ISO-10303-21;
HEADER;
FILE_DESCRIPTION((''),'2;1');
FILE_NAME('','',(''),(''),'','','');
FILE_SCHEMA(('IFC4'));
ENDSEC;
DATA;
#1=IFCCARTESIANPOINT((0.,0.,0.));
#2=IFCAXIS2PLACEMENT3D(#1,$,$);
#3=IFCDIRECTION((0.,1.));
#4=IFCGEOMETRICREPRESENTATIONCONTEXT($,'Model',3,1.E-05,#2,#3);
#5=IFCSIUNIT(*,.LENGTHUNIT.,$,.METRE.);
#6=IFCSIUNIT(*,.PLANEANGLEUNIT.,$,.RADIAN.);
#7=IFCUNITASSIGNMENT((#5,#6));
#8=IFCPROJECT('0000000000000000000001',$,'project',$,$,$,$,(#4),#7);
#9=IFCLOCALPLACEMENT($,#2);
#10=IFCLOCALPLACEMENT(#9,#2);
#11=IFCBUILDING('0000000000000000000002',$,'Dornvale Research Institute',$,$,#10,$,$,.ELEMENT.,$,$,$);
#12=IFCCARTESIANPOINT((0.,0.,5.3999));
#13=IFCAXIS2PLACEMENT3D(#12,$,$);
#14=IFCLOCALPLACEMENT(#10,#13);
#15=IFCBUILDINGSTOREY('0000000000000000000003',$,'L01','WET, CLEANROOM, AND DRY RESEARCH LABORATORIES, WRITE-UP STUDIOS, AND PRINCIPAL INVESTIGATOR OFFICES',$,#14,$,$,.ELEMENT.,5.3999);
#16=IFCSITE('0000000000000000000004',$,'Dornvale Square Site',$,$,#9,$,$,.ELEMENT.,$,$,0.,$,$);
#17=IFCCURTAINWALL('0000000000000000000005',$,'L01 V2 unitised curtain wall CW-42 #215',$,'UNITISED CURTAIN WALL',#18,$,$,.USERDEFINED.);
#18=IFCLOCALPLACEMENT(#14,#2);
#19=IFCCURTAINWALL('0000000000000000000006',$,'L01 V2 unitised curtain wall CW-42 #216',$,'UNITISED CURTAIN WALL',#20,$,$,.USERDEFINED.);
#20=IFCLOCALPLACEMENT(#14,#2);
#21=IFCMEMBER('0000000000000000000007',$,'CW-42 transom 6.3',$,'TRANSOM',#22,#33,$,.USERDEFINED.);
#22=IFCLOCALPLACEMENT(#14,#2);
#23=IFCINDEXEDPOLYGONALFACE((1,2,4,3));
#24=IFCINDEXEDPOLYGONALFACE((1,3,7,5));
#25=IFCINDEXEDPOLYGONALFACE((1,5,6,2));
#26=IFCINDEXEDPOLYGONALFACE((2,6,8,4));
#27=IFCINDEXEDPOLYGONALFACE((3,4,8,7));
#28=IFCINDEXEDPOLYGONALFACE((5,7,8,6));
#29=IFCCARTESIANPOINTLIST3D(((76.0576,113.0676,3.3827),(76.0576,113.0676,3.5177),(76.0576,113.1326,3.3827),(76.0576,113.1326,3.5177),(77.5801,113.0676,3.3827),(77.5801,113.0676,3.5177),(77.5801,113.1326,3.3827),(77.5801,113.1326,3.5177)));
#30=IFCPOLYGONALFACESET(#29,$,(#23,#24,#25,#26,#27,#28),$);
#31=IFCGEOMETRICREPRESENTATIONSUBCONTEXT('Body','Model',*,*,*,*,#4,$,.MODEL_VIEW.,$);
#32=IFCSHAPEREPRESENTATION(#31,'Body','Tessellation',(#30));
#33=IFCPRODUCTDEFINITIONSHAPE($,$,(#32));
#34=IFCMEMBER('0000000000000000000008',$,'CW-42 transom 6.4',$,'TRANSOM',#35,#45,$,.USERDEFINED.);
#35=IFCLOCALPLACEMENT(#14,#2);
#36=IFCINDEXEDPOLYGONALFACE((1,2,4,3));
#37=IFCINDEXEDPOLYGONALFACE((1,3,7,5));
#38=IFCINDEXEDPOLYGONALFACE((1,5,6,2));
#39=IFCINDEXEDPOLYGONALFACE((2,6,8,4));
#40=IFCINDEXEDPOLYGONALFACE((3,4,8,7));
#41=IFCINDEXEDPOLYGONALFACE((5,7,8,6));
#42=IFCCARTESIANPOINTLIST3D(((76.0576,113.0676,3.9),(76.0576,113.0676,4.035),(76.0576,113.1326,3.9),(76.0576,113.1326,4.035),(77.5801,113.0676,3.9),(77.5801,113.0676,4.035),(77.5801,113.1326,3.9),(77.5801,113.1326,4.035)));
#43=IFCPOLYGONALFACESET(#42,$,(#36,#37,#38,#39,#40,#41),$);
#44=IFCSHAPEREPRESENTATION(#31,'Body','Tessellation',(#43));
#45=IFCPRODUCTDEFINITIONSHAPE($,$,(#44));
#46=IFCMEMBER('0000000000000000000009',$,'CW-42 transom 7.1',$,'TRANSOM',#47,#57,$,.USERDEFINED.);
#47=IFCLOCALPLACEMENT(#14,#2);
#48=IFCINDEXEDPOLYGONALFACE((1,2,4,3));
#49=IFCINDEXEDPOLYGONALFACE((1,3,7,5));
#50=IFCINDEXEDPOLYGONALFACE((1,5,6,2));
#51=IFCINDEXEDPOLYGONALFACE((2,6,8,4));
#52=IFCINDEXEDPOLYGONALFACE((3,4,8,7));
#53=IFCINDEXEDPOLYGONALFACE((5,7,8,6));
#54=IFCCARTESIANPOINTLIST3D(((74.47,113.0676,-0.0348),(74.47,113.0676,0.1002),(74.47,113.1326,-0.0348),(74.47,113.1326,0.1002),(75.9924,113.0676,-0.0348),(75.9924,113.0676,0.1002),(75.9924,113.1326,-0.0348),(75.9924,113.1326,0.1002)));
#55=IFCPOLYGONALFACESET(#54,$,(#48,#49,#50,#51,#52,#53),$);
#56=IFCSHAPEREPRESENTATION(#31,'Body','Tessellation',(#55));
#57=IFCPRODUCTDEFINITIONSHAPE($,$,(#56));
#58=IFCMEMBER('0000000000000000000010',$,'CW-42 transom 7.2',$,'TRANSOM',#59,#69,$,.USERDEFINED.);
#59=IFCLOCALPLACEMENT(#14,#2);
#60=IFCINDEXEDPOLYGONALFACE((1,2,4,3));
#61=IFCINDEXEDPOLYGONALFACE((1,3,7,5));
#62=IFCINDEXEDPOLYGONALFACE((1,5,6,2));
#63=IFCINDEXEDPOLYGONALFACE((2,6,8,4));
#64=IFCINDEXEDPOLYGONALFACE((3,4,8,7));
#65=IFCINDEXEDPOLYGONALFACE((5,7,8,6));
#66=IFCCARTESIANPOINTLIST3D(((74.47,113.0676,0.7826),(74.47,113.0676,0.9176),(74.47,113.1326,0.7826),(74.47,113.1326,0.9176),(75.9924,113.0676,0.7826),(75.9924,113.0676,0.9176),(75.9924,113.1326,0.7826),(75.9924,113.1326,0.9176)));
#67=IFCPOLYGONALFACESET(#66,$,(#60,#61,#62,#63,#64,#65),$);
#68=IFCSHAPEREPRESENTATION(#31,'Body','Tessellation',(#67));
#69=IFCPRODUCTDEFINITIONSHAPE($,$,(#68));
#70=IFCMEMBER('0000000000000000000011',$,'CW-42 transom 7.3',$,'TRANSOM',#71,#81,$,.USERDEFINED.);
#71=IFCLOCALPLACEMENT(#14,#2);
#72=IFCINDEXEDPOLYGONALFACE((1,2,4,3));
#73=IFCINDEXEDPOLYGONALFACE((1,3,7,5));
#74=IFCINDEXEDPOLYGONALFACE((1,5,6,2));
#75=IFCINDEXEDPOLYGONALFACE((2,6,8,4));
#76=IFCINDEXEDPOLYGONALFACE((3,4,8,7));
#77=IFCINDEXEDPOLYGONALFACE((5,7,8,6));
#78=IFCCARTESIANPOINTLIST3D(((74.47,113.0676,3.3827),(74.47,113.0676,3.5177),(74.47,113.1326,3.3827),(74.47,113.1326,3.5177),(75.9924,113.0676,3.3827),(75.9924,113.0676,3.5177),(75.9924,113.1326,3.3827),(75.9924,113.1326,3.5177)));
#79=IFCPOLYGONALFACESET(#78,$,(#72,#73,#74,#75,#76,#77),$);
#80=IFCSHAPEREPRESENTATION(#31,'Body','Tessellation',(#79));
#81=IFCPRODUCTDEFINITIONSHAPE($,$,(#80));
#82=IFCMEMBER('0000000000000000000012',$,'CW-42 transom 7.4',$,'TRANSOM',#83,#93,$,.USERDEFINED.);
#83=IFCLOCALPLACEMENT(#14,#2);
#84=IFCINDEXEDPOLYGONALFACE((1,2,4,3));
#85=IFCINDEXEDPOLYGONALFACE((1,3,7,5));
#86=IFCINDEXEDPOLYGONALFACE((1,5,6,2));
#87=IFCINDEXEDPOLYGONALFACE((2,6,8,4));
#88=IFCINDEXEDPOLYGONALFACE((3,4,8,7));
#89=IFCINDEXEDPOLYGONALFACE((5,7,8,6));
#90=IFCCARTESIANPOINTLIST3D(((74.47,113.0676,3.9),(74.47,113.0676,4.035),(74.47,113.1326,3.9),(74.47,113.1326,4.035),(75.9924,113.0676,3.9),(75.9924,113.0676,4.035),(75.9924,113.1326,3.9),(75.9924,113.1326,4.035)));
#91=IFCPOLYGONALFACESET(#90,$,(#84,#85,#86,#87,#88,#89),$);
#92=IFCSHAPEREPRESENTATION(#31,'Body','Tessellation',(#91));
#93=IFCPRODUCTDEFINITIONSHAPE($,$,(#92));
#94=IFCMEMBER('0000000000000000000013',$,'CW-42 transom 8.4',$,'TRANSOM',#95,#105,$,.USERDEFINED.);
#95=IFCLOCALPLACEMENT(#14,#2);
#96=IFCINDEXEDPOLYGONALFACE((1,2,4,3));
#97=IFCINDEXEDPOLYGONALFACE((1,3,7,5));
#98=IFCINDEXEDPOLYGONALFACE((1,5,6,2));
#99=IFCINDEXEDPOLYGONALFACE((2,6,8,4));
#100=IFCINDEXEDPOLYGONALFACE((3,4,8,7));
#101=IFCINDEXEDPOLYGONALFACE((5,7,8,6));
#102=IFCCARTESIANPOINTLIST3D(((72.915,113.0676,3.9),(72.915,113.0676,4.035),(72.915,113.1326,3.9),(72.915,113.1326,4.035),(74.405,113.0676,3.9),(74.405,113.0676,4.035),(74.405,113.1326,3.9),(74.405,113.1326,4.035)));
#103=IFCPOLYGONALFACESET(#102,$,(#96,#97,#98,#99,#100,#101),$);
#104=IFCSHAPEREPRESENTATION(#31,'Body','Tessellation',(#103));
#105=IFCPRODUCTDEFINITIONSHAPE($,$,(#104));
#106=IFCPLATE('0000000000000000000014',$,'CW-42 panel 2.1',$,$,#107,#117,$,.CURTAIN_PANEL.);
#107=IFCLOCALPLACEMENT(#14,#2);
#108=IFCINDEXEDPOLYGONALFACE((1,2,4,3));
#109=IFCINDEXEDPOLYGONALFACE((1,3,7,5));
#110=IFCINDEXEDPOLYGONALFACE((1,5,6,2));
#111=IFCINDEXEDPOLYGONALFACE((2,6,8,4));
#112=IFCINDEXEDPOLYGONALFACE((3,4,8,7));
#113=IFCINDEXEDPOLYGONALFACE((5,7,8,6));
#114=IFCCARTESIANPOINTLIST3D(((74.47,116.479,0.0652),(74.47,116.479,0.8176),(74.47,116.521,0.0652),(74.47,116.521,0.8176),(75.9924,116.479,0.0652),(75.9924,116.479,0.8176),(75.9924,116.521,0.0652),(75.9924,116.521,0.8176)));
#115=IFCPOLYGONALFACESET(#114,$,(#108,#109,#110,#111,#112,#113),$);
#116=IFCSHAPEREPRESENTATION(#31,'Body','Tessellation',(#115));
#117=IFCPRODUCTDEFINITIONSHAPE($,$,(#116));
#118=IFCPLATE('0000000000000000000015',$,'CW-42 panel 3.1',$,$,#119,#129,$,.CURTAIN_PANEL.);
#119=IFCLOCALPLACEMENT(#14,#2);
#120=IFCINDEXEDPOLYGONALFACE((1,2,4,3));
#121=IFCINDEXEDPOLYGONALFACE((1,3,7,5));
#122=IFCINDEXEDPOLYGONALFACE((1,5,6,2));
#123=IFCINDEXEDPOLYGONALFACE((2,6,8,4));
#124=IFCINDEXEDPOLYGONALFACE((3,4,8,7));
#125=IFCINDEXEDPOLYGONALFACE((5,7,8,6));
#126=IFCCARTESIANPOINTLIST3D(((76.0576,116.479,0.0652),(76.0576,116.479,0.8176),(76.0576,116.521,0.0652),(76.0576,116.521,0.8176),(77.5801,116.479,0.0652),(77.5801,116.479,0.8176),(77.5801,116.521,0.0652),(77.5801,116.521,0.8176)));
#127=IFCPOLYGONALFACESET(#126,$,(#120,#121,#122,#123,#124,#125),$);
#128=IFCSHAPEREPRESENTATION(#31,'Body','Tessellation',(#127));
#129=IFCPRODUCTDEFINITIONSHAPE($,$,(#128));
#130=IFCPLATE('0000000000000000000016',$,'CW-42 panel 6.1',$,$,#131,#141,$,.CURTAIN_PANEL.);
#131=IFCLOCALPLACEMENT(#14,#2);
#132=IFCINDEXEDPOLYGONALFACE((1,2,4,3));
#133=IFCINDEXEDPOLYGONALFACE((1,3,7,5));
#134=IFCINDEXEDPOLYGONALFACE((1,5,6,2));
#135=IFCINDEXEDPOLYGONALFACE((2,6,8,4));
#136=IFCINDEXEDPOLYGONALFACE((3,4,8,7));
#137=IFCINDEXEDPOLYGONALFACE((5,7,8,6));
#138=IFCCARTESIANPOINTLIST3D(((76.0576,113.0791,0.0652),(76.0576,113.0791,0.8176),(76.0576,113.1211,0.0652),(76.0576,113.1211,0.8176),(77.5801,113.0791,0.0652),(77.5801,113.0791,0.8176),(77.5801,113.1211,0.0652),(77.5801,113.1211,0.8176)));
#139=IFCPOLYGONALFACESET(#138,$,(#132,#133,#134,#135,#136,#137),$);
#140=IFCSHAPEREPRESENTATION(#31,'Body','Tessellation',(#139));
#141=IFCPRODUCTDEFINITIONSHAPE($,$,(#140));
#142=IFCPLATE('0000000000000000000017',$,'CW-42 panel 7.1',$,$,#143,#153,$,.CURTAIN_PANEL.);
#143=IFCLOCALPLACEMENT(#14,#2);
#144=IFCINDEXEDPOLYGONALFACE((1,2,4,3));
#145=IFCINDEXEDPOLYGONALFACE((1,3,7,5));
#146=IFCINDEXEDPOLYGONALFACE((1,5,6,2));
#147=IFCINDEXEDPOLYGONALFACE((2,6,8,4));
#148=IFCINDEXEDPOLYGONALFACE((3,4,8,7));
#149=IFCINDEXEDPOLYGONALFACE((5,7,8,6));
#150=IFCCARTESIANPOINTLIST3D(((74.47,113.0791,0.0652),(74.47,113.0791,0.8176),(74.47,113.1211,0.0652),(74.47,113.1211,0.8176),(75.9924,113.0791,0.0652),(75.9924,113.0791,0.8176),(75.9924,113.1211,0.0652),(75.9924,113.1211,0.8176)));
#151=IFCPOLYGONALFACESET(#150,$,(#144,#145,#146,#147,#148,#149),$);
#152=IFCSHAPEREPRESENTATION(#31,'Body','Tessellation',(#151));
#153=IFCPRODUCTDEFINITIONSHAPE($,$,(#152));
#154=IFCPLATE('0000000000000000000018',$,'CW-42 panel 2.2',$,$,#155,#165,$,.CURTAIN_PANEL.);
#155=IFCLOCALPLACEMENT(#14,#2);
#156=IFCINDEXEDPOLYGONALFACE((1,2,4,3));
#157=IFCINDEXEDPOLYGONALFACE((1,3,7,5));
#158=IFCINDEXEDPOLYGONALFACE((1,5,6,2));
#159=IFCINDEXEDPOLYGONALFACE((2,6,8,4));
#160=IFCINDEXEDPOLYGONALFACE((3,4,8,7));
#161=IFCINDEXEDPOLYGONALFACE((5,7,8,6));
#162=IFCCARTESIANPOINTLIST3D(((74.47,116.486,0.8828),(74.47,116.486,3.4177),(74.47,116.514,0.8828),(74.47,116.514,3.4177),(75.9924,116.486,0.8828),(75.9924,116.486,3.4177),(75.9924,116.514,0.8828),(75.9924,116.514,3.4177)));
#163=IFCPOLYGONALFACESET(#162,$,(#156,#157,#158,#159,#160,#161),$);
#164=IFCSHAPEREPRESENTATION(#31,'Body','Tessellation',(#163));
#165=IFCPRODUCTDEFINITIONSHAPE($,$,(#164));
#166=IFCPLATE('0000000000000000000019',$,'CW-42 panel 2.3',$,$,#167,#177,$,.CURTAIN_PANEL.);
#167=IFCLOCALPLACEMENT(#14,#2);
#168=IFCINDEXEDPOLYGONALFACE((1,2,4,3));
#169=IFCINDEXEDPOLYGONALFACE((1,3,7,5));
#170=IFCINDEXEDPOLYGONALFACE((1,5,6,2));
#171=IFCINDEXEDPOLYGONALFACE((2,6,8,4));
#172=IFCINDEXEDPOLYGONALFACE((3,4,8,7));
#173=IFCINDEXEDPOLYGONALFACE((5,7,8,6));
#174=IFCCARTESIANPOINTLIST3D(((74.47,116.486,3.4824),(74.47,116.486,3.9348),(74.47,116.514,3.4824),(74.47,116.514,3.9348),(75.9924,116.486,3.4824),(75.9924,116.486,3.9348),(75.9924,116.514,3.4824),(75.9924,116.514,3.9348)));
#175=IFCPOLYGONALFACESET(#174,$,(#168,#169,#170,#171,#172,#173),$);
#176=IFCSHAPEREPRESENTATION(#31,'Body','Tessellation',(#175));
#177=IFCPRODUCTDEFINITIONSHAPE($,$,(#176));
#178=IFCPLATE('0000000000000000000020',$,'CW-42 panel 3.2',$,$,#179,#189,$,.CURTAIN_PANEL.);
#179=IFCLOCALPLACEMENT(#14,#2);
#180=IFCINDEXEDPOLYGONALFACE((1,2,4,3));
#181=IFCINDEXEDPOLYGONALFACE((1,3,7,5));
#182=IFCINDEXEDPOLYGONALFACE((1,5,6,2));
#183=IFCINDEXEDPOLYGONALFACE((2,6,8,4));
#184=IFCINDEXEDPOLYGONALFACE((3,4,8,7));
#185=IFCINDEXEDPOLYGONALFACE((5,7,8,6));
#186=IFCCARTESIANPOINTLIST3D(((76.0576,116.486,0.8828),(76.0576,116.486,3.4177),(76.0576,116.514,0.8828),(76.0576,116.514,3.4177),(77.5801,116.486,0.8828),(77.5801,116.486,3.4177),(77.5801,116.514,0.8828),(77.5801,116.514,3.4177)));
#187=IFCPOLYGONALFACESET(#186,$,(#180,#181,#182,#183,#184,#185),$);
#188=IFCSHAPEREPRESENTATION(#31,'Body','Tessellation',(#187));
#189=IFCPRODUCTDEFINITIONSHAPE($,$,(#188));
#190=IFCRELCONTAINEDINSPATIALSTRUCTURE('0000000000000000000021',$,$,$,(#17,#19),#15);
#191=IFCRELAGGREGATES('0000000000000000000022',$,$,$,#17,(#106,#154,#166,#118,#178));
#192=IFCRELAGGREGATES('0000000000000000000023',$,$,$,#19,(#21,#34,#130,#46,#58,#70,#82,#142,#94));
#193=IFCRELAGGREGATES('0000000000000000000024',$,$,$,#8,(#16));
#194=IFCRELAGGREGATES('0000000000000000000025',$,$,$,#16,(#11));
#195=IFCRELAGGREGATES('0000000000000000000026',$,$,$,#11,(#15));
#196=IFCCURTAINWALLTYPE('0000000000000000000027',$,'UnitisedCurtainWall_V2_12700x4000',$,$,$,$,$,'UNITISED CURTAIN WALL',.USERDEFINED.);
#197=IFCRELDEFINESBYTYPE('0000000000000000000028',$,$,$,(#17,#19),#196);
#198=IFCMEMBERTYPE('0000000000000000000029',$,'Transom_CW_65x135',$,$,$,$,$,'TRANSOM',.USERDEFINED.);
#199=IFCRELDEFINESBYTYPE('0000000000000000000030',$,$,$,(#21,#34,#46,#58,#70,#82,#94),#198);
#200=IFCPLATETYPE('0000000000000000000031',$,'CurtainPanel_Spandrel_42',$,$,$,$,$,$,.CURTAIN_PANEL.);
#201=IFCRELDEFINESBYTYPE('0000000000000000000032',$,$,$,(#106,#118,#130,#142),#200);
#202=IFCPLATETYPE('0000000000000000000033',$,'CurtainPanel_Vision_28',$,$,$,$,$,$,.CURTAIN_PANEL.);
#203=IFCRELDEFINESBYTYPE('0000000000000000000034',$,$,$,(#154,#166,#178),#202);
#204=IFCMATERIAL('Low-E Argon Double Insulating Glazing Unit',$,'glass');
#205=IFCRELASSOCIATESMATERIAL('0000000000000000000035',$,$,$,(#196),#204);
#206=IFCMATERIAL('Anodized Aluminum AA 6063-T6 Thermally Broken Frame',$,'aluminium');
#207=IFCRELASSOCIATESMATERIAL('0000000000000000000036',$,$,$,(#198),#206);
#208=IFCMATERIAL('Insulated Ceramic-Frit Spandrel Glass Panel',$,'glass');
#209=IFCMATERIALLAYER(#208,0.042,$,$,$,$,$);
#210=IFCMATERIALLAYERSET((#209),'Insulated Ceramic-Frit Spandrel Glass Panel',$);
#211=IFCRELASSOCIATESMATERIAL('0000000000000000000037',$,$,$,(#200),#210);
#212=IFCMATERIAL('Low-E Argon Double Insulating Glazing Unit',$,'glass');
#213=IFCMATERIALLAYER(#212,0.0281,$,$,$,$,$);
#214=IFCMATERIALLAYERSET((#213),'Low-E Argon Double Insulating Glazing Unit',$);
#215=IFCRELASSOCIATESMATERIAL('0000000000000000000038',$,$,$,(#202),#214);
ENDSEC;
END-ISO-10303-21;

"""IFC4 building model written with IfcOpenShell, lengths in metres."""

from ifc_helpers import new_model, si_unit, direction, frame, origin, origin_2d, place, context, subcontext, project, spatial, rectangle, extrude, material, layer, layer_set, material_profile, profile_set, type_object, element, aggregate, save


model = new_model("IFC4")

# Units and contexts
model_context = context("Model", 3, precision=1e-05, world=origin(), true_north=direction((0.0, 1.0)))
body_context = subcontext(model_context, "Body", "Model", "MODEL_VIEW")
ifc_project = project(units=[si_unit("LENGTHUNIT", "METRE"), si_unit("PLANEANGLEUNIT", "RADIAN")], contexts=[model_context])

# Site, building, storey
site_placement = place(None, origin())
site = spatial("IfcSite", under=ifc_project, at=site_placement, Name="Dornvale Square Site", CompositionType="ELEMENT", RefElevation=0.0)
building_placement = place(site_placement, origin())
building = spatial("IfcBuilding", under=site, at=building_placement, Name="Dornvale Research Institute", CompositionType="ELEMENT")
storey_placement = place(building_placement, frame((0.0, 0.0, 5.3999)))
storey = spatial("IfcBuildingStorey", under=building, at=storey_placement, Name="L01", Description="WET, CLEANROOM, AND DRY RESEARCH LABORATORIES, WRITE-UP STUDIOS, AND PRINCIPAL INVESTIGATOR OFFICES", CompositionType="ELEMENT", Elevation=5.3999)

# Curtain walls
ifc_material_1 = material(Name="Low-E Argon Double Insulating Glazing Unit", Category="glass")
curtain_wall_type = type_object("IfcCurtainWallType", Name="UnitisedCurtainWall_V2_12700x4000", ElementType="UNITISED CURTAIN WALL", PredefinedType="USERDEFINED", material=ifc_material_1)
curtain_wall_1_placement = place(storey_placement, origin())
curtain_wall_1 = element("IfcCurtainWall", 1, at=curtain_wall_1_placement, inside=storey, type_object=curtain_wall_type, Name="L01 V2 unitised curtain wall CW-42 #215", ObjectType="UNITISED CURTAIN WALL", PredefinedType="USERDEFINED")
curtain_wall_2_placement = place(storey_placement, origin())
curtain_wall_2 = element("IfcCurtainWall", 2, at=curtain_wall_2_placement, inside=storey, type_object=curtain_wall_type, Name="L01 V2 unitised curtain wall CW-42 #216", ObjectType="UNITISED CURTAIN WALL", PredefinedType="USERDEFINED")

# Members
ifc_material_2 = material(Name="Anodized Aluminum AA 6063-T6 Thermally Broken Frame", Category="aluminium")
ifc_material_profile_1 = material_profile(ifc_material_2, rectangle(XDim=0.0649, YDim=0.135, at=origin_2d()), Name="ALU TRANSOM 65x135")
ifc_profile_set_1 = profile_set([ifc_material_profile_1], Name="Anodized Aluminum AA 6063-T6 Thermally Broken Frame")
member_type_1 = type_object("IfcMemberType", Name="Transom_CW_65x135", ElementType="TRANSOM", PredefinedType="USERDEFINED", material=ifc_profile_set_1)
member_1_placement = place(storey_placement, frame((77.5801, 113.1001, 3.4502), z_axis=(-1.0, 0.0, 0.0), x_axis=(0.0, -1.0, 0.0)))
member_1 = element("IfcMember", 3, at=member_1_placement, type_object=member_type_1, Name="CW-42 transom 6.3", ObjectType="TRANSOM", PredefinedType="USERDEFINED", context=body_context, shape_type="SweptSolid", body=[
    extrude(rectangle(XDim=0.0649, YDim=0.135, at=origin_2d()), origin(), (0.0, 0.0, 1.0), 1.5225),
])
member_2_placement = place(storey_placement, frame((77.5801, 113.1001, 3.9675), z_axis=(-1.0, 0.0, 0.0), x_axis=(0.0, -1.0, 0.0)))
member_2 = element("IfcMember", 4, at=member_2_placement, type_object=member_type_1, Name="CW-42 transom 6.4", ObjectType="TRANSOM", PredefinedType="USERDEFINED", context=body_context, shape_type="SweptSolid", body=[
    extrude(rectangle(XDim=0.0649, YDim=0.135, at=origin_2d()), origin(), (0.0, 0.0, 1.0), 1.5225),
])
member_3_placement = place(storey_placement, frame((75.9924, 113.1001, 0.0327), z_axis=(-1.0, 0.0, 0.0), x_axis=(0.0, -1.0, 0.0)))
member_3 = element("IfcMember", 5, at=member_3_placement, type_object=member_type_1, Name="CW-42 transom 7.1", ObjectType="TRANSOM", PredefinedType="USERDEFINED", context=body_context, shape_type="SweptSolid", body=[
    extrude(rectangle(XDim=0.0649, YDim=0.135, at=origin_2d()), origin(), (0.0, 0.0, 1.0), 1.5225),
])
member_4_placement = place(storey_placement, frame((75.9924, 113.1001, 0.8501), z_axis=(-1.0, 0.0, 0.0), x_axis=(0.0, -1.0, 0.0)))
member_4 = element("IfcMember", 6, at=member_4_placement, type_object=member_type_1, Name="CW-42 transom 7.2", ObjectType="TRANSOM", PredefinedType="USERDEFINED", context=body_context, shape_type="SweptSolid", body=[
    extrude(rectangle(XDim=0.0649, YDim=0.135, at=origin_2d()), origin(), (0.0, 0.0, 1.0), 1.5225),
])
member_5_placement = place(storey_placement, frame((75.9924, 113.1001, 3.4502), z_axis=(-1.0, 0.0, 0.0), x_axis=(0.0, -1.0, 0.0)))
member_5 = element("IfcMember", 7, at=member_5_placement, type_object=member_type_1, Name="CW-42 transom 7.3", ObjectType="TRANSOM", PredefinedType="USERDEFINED", context=body_context, shape_type="SweptSolid", body=[
    extrude(rectangle(XDim=0.0649, YDim=0.135, at=origin_2d()), origin(), (0.0, 0.0, 1.0), 1.5225),
])
member_6_placement = place(storey_placement, frame((75.9924, 113.1001, 3.9675), z_axis=(-1.0, 0.0, 0.0), x_axis=(0.0, -1.0, 0.0)))
member_6 = element("IfcMember", 8, at=member_6_placement, type_object=member_type_1, Name="CW-42 transom 7.4", ObjectType="TRANSOM", PredefinedType="USERDEFINED", context=body_context, shape_type="SweptSolid", body=[
    extrude(rectangle(XDim=0.0649, YDim=0.135, at=origin_2d()), origin(), (0.0, 0.0, 1.0), 1.5225),
])
member_7_placement = place(storey_placement, frame((74.405, 113.1001, 3.9675), z_axis=(-1.0, 0.0, 0.0), x_axis=(0.0, -1.0, 0.0)))
member_7 = element("IfcMember", 9, at=member_7_placement, type_object=member_type_1, Name="CW-42 transom 8.4", ObjectType="TRANSOM", PredefinedType="USERDEFINED", context=body_context, shape_type="SweptSolid", body=[
    extrude(rectangle(XDim=0.0649, YDim=0.135, at=origin_2d()), origin(), (0.0, 0.0, 1.0), 1.49),
])

# Plates
ifc_material_3 = material(Name="Insulated Ceramic-Frit Spandrel Glass Panel", Category="glass")
ifc_layer_1 = layer(ifc_material_3, 0.042)
ifc_layer_set_1 = layer_set([ifc_layer_1], Name="Insulated Ceramic-Frit Spandrel Glass Panel")
plate_type_1 = type_object("IfcPlateType", Name="CurtainPanel_Spandrel_42", PredefinedType="CURTAIN_PANEL", material=ifc_layer_set_1)
plate_1_placement = place(storey_placement, frame((75.2312, 116.5, 0.0652), z_axis=(0.0, 0.0, 1.0), x_axis=(1.0, 0.0, 0.0)))
plate_1 = element("IfcPlate", 10, at=plate_1_placement, type_object=plate_type_1, Name="CW-42 panel 2.1", PredefinedType="CURTAIN_PANEL", context=body_context, shape_type="SweptSolid", body=[
    extrude(rectangle(XDim=1.5225, YDim=0.042, at=origin_2d()), origin(), (0.0, 0.0, 1.0), 0.7524),
])
plate_2_placement = place(storey_placement, frame((76.8188, 116.5, 0.0652), z_axis=(0.0, 0.0, 1.0), x_axis=(1.0, 0.0, 0.0)))
plate_2 = element("IfcPlate", 11, at=plate_2_placement, type_object=plate_type_1, Name="CW-42 panel 3.1", PredefinedType="CURTAIN_PANEL", context=body_context, shape_type="SweptSolid", body=[
    extrude(rectangle(XDim=1.5225, YDim=0.042, at=origin_2d()), origin(), (0.0, 0.0, 1.0), 0.7524),
])
plate_3_placement = place(storey_placement, frame((76.8188, 113.1001, 0.0652), z_axis=(0.0, 0.0, 1.0), x_axis=(-1.0, 0.0, 0.0)))
plate_3 = element("IfcPlate", 12, at=plate_3_placement, type_object=plate_type_1, Name="CW-42 panel 6.1", PredefinedType="CURTAIN_PANEL", context=body_context, shape_type="SweptSolid", body=[
    extrude(rectangle(XDim=1.5225, YDim=0.042, at=origin_2d()), origin(), (0.0, 0.0, 1.0), 0.7524),
])
plate_4_placement = place(storey_placement, frame((75.2312, 113.1001, 0.0652), z_axis=(0.0, 0.0, 1.0), x_axis=(-1.0, 0.0, 0.0)))
plate_4 = element("IfcPlate", 13, at=plate_4_placement, type_object=plate_type_1, Name="CW-42 panel 7.1", PredefinedType="CURTAIN_PANEL", context=body_context, shape_type="SweptSolid", body=[
    extrude(rectangle(XDim=1.5225, YDim=0.042, at=origin_2d()), origin(), (0.0, 0.0, 1.0), 0.7524),
])
ifc_material_4 = material(Name="Low-E Argon Double Insulating Glazing Unit", Category="glass")
ifc_layer_2 = layer(ifc_material_4, 0.0281)
ifc_layer_set_2 = layer_set([ifc_layer_2], Name="Low-E Argon Double Insulating Glazing Unit")
plate_type_2 = type_object("IfcPlateType", Name="CurtainPanel_Vision_28", PredefinedType="CURTAIN_PANEL", material=ifc_layer_set_2)
plate_5_placement = place(storey_placement, frame((75.2312, 116.5, 0.8828), z_axis=(0.0, 0.0, 1.0), x_axis=(1.0, 0.0, 0.0)))
plate_5 = element("IfcPlate", 14, at=plate_5_placement, type_object=plate_type_2, Name="CW-42 panel 2.2", PredefinedType="CURTAIN_PANEL", context=body_context, shape_type="SweptSolid", body=[
    extrude(rectangle(XDim=1.5225, YDim=0.0281, at=origin_2d()), origin(), (0.0, 0.0, 1.0), 2.5349),
])
plate_6_placement = place(storey_placement, frame((75.2312, 116.5, 3.4824), z_axis=(0.0, 0.0, 1.0), x_axis=(1.0, 0.0, 0.0)))
plate_6 = element("IfcPlate", 15, at=plate_6_placement, type_object=plate_type_2, Name="CW-42 panel 2.3", PredefinedType="CURTAIN_PANEL", context=body_context, shape_type="SweptSolid", body=[
    extrude(rectangle(XDim=1.5225, YDim=0.0281, at=origin_2d()), origin(), (0.0, 0.0, 1.0), 0.4524),
])
plate_7_placement = place(storey_placement, frame((76.8188, 116.5, 0.8828), z_axis=(0.0, 0.0, 1.0), x_axis=(1.0, 0.0, 0.0)))
plate_7 = element("IfcPlate", 16, at=plate_7_placement, type_object=plate_type_2, Name="CW-42 panel 3.2", PredefinedType="CURTAIN_PANEL", context=body_context, shape_type="SweptSolid", body=[
    extrude(rectangle(XDim=1.5225, YDim=0.0281, at=origin_2d()), origin(), (0.0, 0.0, 1.0), 2.5349),
])
aggregate(curtain_wall_1, [plate_1, plate_5, plate_6, plate_2, plate_7])
aggregate(curtain_wall_2, [member_1, member_2, plate_3, member_3, member_4, member_5, member_6, plate_4, member_7])

save(model, "model.ifc")
